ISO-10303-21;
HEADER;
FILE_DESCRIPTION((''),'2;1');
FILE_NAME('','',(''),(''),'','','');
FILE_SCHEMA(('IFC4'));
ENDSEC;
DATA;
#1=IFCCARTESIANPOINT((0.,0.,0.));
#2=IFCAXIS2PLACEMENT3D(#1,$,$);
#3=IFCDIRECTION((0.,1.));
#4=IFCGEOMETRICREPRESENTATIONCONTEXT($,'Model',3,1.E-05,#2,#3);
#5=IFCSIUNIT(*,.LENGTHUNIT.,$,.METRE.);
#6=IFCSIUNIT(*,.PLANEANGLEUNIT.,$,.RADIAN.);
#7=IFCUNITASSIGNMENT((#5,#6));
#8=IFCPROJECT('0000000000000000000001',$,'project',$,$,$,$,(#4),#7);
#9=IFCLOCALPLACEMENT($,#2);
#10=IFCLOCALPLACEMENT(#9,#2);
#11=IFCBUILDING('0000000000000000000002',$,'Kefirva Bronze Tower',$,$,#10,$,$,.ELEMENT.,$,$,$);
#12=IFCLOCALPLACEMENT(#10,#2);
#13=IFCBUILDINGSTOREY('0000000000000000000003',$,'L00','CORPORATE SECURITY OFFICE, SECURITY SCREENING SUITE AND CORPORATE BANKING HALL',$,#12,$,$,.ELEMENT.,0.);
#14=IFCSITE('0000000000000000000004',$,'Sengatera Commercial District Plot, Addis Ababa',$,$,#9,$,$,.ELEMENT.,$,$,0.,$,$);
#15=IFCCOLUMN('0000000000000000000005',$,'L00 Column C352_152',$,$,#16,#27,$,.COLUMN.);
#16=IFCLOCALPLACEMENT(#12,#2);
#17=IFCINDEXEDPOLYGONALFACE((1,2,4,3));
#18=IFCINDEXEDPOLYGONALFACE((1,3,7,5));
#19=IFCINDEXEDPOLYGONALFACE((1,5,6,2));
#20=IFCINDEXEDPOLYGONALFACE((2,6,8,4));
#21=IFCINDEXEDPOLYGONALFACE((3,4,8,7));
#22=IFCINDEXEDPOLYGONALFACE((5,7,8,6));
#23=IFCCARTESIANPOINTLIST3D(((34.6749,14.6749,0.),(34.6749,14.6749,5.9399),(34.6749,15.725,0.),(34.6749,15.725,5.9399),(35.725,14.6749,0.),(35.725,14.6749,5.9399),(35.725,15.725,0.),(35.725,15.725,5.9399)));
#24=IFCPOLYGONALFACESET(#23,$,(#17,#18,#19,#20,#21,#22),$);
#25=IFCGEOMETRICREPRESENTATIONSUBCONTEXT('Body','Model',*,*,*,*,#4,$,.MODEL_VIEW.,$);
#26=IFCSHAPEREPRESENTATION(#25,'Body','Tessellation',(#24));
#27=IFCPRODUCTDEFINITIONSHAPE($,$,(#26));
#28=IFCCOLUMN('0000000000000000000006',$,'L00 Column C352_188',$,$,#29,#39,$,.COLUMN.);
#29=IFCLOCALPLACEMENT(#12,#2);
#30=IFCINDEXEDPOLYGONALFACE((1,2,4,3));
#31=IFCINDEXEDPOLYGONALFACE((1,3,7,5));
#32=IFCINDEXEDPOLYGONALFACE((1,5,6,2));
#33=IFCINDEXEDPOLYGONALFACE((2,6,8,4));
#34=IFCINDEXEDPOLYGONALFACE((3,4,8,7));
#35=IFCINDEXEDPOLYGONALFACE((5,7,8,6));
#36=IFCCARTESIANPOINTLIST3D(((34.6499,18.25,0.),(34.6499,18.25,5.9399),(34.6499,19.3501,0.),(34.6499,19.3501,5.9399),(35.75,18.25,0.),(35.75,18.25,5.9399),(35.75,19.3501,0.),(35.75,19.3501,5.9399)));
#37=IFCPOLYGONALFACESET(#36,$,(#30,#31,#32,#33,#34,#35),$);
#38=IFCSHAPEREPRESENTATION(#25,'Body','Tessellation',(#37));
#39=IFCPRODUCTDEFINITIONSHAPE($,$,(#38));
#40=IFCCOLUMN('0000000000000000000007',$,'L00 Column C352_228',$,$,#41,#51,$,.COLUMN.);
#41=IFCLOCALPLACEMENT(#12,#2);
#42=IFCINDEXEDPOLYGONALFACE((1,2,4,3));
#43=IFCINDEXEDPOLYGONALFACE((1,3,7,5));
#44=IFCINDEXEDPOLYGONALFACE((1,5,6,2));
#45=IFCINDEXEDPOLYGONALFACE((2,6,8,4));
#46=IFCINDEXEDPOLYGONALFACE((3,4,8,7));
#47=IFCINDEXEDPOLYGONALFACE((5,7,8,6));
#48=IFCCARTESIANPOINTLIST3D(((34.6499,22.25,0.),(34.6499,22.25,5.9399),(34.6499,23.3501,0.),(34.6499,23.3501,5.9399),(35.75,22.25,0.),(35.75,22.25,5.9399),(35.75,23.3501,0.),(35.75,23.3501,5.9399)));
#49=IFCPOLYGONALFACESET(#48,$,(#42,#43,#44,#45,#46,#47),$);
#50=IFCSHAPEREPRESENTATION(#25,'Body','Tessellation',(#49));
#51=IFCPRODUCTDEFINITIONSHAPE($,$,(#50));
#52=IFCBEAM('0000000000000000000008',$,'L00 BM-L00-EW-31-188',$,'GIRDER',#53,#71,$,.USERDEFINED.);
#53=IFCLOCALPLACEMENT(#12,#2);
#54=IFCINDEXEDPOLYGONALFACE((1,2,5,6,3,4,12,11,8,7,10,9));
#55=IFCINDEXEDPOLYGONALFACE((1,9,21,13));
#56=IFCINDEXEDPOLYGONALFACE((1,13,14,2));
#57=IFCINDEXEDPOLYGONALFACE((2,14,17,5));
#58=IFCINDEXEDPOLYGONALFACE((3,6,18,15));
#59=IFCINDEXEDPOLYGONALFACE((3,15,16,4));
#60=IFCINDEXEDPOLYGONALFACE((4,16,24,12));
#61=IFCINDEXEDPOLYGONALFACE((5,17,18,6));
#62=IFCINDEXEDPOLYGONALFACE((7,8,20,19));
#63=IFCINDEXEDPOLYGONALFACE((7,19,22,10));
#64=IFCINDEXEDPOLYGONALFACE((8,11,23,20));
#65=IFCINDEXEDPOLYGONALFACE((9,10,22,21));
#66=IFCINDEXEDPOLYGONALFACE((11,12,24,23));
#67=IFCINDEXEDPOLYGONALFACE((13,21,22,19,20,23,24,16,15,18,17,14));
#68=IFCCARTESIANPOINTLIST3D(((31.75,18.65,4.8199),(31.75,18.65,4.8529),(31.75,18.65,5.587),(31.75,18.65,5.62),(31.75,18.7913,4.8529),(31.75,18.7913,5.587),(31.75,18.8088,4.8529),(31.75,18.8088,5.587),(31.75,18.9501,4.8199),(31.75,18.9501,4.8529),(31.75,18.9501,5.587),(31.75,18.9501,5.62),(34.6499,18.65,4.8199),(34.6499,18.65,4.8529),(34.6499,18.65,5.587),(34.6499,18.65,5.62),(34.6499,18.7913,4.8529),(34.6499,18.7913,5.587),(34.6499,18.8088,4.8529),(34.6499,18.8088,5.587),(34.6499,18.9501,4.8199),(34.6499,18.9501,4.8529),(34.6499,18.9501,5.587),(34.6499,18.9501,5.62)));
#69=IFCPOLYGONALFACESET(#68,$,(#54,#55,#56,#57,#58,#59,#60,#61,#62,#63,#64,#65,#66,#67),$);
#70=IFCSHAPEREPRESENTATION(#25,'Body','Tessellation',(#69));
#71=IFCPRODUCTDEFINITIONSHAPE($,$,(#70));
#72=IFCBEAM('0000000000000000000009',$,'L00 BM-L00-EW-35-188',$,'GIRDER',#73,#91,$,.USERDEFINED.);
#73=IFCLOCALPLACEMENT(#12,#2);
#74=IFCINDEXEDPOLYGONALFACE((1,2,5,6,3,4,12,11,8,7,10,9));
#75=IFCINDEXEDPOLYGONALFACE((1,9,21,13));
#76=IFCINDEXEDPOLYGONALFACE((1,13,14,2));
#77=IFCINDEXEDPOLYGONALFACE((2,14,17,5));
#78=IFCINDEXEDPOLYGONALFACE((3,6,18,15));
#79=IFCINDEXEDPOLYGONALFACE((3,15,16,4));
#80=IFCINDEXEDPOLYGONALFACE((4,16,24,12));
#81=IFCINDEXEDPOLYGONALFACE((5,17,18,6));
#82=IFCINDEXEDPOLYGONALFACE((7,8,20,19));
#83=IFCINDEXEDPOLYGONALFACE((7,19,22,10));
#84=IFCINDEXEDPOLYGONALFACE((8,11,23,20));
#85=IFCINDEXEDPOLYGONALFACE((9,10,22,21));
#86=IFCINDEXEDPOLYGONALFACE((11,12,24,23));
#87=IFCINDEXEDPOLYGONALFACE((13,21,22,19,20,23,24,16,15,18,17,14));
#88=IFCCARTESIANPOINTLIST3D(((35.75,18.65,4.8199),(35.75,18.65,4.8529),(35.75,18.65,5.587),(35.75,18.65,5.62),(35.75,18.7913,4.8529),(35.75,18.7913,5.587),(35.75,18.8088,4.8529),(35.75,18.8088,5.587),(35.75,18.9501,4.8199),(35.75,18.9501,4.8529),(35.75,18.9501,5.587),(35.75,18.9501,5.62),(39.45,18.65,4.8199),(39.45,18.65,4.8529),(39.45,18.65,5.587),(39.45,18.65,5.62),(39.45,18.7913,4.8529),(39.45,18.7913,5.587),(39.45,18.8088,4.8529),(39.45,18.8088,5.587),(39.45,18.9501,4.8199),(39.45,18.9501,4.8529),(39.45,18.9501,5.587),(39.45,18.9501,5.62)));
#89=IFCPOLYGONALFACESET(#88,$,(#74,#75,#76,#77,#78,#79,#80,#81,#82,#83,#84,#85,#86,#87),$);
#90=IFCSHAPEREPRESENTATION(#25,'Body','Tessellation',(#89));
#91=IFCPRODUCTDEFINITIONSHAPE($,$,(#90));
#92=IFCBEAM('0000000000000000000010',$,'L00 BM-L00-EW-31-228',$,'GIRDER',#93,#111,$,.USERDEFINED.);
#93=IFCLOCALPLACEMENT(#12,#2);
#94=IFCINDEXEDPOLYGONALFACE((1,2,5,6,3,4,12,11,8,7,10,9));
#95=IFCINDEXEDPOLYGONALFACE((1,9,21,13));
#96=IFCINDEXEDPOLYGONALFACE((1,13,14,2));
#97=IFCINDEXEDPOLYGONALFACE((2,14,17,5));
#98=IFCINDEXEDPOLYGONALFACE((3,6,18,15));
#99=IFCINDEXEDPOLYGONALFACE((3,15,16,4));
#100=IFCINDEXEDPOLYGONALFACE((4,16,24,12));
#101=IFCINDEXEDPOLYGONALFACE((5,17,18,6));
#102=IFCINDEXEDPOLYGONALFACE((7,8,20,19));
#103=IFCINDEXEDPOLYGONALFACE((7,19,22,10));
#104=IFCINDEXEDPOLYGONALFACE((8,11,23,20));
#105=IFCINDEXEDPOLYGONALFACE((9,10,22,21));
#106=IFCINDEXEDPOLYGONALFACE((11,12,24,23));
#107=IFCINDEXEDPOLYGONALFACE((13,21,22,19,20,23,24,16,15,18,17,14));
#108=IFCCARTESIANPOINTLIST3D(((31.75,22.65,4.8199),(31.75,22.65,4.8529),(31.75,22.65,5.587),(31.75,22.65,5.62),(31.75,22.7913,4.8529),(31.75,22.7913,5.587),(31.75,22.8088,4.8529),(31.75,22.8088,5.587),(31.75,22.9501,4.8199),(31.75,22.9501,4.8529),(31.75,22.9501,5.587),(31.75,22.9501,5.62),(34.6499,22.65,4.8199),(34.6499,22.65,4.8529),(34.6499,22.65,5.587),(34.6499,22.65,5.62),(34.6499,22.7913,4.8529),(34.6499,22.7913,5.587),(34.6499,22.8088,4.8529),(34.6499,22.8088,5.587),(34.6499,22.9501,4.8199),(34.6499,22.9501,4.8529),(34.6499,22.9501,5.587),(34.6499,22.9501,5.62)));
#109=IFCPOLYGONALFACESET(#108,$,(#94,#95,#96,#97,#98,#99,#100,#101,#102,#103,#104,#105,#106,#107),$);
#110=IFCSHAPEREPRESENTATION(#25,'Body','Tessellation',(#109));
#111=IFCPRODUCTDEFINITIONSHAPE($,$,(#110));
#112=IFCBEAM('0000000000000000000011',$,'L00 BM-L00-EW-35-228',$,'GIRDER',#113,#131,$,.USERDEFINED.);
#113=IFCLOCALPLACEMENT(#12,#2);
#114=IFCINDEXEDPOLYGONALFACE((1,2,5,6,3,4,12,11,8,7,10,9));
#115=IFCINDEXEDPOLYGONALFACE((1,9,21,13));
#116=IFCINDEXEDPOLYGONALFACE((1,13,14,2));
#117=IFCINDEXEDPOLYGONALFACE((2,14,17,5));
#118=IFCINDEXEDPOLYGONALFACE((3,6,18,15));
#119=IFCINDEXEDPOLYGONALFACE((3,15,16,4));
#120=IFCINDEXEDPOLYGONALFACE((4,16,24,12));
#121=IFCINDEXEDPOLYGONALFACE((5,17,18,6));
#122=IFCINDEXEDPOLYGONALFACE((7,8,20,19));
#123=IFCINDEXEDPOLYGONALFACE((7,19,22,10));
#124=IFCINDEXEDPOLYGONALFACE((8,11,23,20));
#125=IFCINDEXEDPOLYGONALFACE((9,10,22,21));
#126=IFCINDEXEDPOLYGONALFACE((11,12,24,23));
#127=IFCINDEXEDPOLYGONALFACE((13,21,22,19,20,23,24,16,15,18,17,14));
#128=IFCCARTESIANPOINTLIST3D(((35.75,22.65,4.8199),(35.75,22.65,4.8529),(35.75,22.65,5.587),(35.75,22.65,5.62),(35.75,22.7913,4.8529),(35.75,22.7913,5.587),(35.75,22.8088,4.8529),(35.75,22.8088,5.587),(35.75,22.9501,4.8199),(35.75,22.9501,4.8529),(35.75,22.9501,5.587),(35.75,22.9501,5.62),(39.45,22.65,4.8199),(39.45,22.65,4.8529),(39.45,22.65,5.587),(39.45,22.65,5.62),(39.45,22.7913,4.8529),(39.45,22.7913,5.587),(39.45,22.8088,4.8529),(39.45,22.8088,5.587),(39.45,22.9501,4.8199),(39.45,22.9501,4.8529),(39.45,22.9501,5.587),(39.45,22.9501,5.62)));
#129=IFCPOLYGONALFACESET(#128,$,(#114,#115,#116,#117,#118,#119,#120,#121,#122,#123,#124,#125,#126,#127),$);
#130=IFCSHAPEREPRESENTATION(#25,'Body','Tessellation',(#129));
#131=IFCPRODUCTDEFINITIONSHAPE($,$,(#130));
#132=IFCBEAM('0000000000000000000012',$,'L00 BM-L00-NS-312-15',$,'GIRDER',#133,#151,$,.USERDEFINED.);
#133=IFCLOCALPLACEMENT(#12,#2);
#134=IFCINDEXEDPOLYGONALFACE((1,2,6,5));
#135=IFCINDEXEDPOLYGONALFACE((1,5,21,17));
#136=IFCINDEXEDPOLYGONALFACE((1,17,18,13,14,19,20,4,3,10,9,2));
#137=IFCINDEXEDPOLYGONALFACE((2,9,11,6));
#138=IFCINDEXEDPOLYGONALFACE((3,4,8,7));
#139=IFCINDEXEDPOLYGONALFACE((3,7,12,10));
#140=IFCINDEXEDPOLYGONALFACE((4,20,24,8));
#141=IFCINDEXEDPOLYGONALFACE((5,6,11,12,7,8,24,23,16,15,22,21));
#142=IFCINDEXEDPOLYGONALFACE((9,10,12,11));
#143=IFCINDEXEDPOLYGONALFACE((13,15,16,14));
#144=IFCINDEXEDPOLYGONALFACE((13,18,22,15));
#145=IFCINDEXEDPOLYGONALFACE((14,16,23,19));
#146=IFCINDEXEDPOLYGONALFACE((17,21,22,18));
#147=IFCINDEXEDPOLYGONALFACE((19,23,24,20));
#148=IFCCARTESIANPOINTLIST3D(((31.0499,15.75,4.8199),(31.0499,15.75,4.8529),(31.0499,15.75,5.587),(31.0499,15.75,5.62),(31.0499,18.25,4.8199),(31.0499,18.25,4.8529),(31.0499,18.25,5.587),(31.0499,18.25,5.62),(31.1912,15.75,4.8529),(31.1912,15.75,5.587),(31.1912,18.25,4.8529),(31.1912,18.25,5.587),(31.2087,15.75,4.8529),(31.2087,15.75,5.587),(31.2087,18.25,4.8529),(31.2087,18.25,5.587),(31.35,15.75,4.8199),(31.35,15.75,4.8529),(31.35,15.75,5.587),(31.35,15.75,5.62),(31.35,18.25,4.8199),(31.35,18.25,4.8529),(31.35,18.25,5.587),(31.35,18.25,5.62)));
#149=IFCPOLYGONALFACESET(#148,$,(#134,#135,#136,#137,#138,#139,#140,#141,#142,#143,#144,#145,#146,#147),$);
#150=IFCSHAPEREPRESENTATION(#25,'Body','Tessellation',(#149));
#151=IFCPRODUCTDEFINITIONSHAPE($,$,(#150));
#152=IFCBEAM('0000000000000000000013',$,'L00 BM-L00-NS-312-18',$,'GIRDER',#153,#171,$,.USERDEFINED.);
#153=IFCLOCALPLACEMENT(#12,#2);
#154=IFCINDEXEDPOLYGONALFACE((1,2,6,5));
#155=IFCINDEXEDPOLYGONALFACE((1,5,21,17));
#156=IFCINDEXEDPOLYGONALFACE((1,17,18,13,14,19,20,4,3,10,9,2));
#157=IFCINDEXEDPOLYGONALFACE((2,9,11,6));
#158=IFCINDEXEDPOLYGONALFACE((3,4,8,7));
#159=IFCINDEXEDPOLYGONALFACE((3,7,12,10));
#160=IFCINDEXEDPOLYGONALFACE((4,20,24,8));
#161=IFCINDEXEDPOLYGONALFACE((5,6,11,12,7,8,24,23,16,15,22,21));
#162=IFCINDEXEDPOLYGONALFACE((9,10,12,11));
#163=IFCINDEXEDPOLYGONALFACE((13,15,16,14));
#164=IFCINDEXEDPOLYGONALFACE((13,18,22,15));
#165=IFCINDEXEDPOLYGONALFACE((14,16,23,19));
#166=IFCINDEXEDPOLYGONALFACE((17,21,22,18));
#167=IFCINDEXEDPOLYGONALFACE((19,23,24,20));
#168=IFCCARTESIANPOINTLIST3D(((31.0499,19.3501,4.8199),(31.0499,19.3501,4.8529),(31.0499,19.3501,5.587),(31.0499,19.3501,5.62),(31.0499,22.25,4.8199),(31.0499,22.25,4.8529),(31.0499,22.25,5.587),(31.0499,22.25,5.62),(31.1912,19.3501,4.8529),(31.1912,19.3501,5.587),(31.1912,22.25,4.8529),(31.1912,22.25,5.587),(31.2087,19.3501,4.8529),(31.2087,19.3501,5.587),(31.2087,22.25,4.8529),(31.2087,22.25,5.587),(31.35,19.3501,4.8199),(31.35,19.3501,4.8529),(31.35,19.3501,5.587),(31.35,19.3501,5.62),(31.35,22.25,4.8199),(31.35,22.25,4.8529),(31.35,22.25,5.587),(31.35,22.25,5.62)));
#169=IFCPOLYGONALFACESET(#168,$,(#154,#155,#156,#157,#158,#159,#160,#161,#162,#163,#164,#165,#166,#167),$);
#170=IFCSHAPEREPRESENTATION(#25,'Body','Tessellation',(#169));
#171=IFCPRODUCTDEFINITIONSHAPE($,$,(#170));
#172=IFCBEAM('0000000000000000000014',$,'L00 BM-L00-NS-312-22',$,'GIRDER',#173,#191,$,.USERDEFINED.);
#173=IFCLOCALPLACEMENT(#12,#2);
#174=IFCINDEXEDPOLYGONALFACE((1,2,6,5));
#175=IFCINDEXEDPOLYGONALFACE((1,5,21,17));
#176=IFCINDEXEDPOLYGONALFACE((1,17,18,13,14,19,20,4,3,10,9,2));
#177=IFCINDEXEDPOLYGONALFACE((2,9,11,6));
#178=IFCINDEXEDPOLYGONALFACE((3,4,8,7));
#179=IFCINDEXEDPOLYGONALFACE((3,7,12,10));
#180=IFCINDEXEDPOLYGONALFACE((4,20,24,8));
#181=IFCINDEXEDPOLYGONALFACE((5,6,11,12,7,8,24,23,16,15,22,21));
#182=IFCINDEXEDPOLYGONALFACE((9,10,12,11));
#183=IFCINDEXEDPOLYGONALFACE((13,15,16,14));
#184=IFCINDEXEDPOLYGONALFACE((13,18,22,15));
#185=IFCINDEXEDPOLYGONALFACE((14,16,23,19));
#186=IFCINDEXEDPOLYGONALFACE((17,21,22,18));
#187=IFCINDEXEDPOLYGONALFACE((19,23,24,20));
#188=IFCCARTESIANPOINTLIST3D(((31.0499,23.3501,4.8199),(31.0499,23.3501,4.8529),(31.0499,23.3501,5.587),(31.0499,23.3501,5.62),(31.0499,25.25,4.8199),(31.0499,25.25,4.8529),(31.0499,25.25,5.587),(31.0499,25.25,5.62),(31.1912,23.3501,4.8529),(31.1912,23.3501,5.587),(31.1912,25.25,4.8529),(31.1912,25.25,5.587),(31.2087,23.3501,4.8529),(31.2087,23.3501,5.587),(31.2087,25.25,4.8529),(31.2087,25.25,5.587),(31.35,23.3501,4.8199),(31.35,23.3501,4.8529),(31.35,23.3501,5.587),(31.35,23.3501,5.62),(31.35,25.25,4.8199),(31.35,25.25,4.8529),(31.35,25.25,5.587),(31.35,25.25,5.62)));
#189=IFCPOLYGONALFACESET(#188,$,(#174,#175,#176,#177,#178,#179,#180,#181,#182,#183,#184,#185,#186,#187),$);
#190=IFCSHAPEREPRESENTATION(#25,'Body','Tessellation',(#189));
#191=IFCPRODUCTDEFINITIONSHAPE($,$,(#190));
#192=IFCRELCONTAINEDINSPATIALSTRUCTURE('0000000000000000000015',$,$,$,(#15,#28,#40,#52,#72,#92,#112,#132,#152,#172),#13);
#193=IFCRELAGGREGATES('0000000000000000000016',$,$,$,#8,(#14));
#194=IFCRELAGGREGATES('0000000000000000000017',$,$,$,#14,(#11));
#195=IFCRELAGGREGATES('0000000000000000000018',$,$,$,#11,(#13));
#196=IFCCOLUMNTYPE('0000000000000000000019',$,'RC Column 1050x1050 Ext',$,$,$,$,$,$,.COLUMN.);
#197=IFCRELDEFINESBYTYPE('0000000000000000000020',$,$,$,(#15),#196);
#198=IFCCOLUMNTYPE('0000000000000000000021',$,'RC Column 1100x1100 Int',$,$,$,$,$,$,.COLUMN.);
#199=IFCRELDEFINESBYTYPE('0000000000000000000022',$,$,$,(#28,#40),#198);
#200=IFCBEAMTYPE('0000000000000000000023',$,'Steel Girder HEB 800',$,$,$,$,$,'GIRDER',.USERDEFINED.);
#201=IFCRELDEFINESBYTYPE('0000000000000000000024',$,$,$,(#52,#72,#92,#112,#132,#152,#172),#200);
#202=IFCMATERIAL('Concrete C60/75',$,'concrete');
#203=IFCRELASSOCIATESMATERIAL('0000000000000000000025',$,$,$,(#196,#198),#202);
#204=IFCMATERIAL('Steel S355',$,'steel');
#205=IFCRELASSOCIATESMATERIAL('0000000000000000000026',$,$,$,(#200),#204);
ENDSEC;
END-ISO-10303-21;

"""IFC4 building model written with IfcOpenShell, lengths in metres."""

from ifc_helpers import new_model, si_unit, direction, frame, origin, origin_2d, place, context, subcontext, project, spatial, rectangle, i_section, extrude, material, material_profile, profile_set, type_object, element, save


model = new_model("IFC4")

# Units and contexts
model_context = context("Model", 3, precision=1e-05, world=origin(), true_north=direction((0.0, 1.0)))
body_context = subcontext(model_context, "Body", "Model", "MODEL_VIEW")
ifc_project = project(units=[si_unit("LENGTHUNIT", "METRE"), si_unit("PLANEANGLEUNIT", "RADIAN")], contexts=[model_context])

# Site, building, storey
site_placement = place(None, origin())
site = spatial("IfcSite", under=ifc_project, at=site_placement, Name="Sengatera Commercial District Plot, Addis Ababa", CompositionType="ELEMENT", RefElevation=0.0)
building_placement = place(site_placement, origin())
building = spatial("IfcBuilding", under=site, at=building_placement, Name="Kefirva Bronze Tower", CompositionType="ELEMENT")
storey_placement = place(building_placement, origin())
storey = spatial("IfcBuildingStorey", under=building, at=storey_placement, Name="L00", Description="CORPORATE SECURITY OFFICE, SECURITY SCREENING SUITE AND CORPORATE BANKING HALL", CompositionType="ELEMENT", Elevation=0.0)

# Columns
ifc_material_1 = material(Name="Concrete C60/75", Category="concrete")
ifc_material_profile_1 = material_profile(ifc_material_1, rectangle(XDim=1.05, YDim=1.05, at=origin_2d()), Name="RC 1050x1050")
ifc_profile_set_1 = profile_set([ifc_material_profile_1], Name="Concrete C60/75")
column_type_1 = type_object("IfcColumnType", Name="RC Column 1050x1050 Ext", PredefinedType="COLUMN", material=ifc_profile_set_1)
column_placement = place(storey_placement, frame((35.2, 15.2, 0.0), z_axis=(0.0, 0.0, 1.0), x_axis=(1.0, 0.0, 0.0)))
element("IfcColumn", 1, at=column_placement, inside=storey, type_object=column_type_1, Name="L00 Column C352_152", PredefinedType="COLUMN", context=body_context, shape_type="SweptSolid", body=[
    extrude(rectangle(XDim=1.05, YDim=1.05, at=origin_2d()), origin(), (0.0, 0.0, 1.0), 5.9399),
])
ifc_material_profile_2 = material_profile(ifc_material_1, rectangle(XDim=1.1001, YDim=1.1001, at=origin_2d()), Name="RC 1100x1100")
ifc_profile_set_2 = profile_set([ifc_material_profile_2], Name="Concrete C60/75")
column_type_2 = type_object("IfcColumnType", Name="RC Column 1100x1100 Int", PredefinedType="COLUMN", material=ifc_profile_set_2)
for number, where, z_axis, x_axis, name in (
    (2, (35.2, 18.8, 0.0), (0.0, 0.0, 1.0), (1.0, 0.0, 0.0), "L00 Column C352_188"),
    (3, (35.2, 22.8, 0.0), (0.0, 0.0, 1.0), (1.0, 0.0, 0.0), "L00 Column C352_228"),
):
    element("IfcColumn", number, at=place(storey_placement, frame(where, z_axis=z_axis, x_axis=x_axis)), inside=storey, type_object=column_type_2, Name=name, PredefinedType="COLUMN", context=body_context, shape_type="SweptSolid", body=[
        extrude(rectangle(XDim=1.1001, YDim=1.1001, at=origin_2d()), origin(), (0.0, 0.0, 1.0), 5.9399),
    ])

# Beams
ifc_material_2 = material(Name="Steel S355", Category="steel")
ifc_material_profile_3 = material_profile(ifc_material_2, i_section(OverallWidth=0.3, OverallDepth=0.8, WebThickness=0.0176, FlangeThickness=0.033, at=origin_2d()), Name="HEB 800")
ifc_profile_set_3 = profile_set([ifc_material_profile_3], Name="Steel S355")
beam_type_1 = type_object("IfcBeamType", Name="Steel Girder HEB 800", ElementType="GIRDER", PredefinedType="USERDEFINED", material=ifc_profile_set_3)
beam_1_placement = place(storey_placement, frame((31.75, 18.8, 5.22), z_axis=(1.0, 0.0, 0.0), x_axis=(0.0, 1.0, 0.0)))
element("IfcBeam", 4, at=beam_1_placement, inside=storey, type_object=beam_type_1, Name="L00 BM-L00-EW-31-188", ObjectType="GIRDER", PredefinedType="USERDEFINED", context=body_context, shape_type="SweptSolid", body=[
    extrude(i_section(OverallWidth=0.3, OverallDepth=0.8, WebThickness=0.0176, FlangeThickness=0.033, at=origin_2d()), origin(), (0.0, 0.0, 1.0), 2.8999),
])
beam_2_placement = place(storey_placement, frame((35.75, 18.8, 5.22), z_axis=(1.0, 0.0, 0.0), x_axis=(0.0, 1.0, 0.0)))
element("IfcBeam", 5, at=beam_2_placement, inside=storey, type_object=beam_type_1, Name="L00 BM-L00-EW-35-188", ObjectType="GIRDER", PredefinedType="USERDEFINED", context=body_context, shape_type="SweptSolid", body=[
    extrude(i_section(OverallWidth=0.3, OverallDepth=0.8, WebThickness=0.0176, FlangeThickness=0.033, at=origin_2d()), origin(), (0.0, 0.0, 1.0), 3.7),
])
beam_3_placement = place(storey_placement, frame((31.75, 22.8, 5.22), z_axis=(1.0, 0.0, 0.0), x_axis=(0.0, 1.0, 0.0)))
element("IfcBeam", 6, at=beam_3_placement, inside=storey, type_object=beam_type_1, Name="L00 BM-L00-EW-31-228", ObjectType="GIRDER", PredefinedType="USERDEFINED", context=body_context, shape_type="SweptSolid", body=[
    extrude(i_section(OverallWidth=0.3, OverallDepth=0.8, WebThickness=0.0176, FlangeThickness=0.033, at=origin_2d()), origin(), (0.0, 0.0, 1.0), 2.8999),
])
beam_4_placement = place(storey_placement, frame((35.75, 22.8, 5.22), z_axis=(1.0, 0.0, 0.0), x_axis=(0.0, 1.0, 0.0)))
element("IfcBeam", 7, at=beam_4_placement, inside=storey, type_object=beam_type_1, Name="L00 BM-L00-EW-35-228", ObjectType="GIRDER", PredefinedType="USERDEFINED", context=body_context, shape_type="SweptSolid", body=[
    extrude(i_section(OverallWidth=0.3, OverallDepth=0.8, WebThickness=0.0176, FlangeThickness=0.033, at=origin_2d()), origin(), (0.0, 0.0, 1.0), 3.7),
])
beam_5_placement = place(storey_placement, frame((31.2, 15.75, 5.22), z_axis=(0.0, 1.0, 0.0), x_axis=(-1.0, 0.0, 0.0)))
element("IfcBeam", 8, at=beam_5_placement, inside=storey, type_object=beam_type_1, Name="L00 BM-L00-NS-312-15", ObjectType="GIRDER", PredefinedType="USERDEFINED", context=body_context, shape_type="SweptSolid", body=[
    extrude(i_section(OverallWidth=0.3, OverallDepth=0.8, WebThickness=0.0176, FlangeThickness=0.033, at=origin_2d()), origin(), (0.0, 0.0, 1.0), 2.5),
])
beam_6_placement = place(storey_placement, frame((31.2, 19.3501, 5.22), z_axis=(0.0, 1.0, 0.0), x_axis=(-1.0, 0.0, 0.0)))
element("IfcBeam", 9, at=beam_6_placement, inside=storey, type_object=beam_type_1, Name="L00 BM-L00-NS-312-18", ObjectType="GIRDER", PredefinedType="USERDEFINED", context=body_context, shape_type="SweptSolid", body=[
    extrude(i_section(OverallWidth=0.3, OverallDepth=0.8, WebThickness=0.0176, FlangeThickness=0.033, at=origin_2d()), origin(), (0.0, 0.0, 1.0), 2.8999),
])
beam_7_placement = place(storey_placement, frame((31.2, 23.3501, 5.22), z_axis=(0.0, 1.0, 0.0), x_axis=(-1.0, 0.0, 0.0)))
element("IfcBeam", 10, at=beam_7_placement, inside=storey, type_object=beam_type_1, Name="L00 BM-L00-NS-312-22", ObjectType="GIRDER", PredefinedType="USERDEFINED", context=body_context, shape_type="SweptSolid", body=[
    extrude(i_section(OverallWidth=0.3, OverallDepth=0.8, WebThickness=0.0176, FlangeThickness=0.033, at=origin_2d()), origin(), (0.0, 0.0, 1.0), 1.8999),
])

save(model, "model.ifc")
